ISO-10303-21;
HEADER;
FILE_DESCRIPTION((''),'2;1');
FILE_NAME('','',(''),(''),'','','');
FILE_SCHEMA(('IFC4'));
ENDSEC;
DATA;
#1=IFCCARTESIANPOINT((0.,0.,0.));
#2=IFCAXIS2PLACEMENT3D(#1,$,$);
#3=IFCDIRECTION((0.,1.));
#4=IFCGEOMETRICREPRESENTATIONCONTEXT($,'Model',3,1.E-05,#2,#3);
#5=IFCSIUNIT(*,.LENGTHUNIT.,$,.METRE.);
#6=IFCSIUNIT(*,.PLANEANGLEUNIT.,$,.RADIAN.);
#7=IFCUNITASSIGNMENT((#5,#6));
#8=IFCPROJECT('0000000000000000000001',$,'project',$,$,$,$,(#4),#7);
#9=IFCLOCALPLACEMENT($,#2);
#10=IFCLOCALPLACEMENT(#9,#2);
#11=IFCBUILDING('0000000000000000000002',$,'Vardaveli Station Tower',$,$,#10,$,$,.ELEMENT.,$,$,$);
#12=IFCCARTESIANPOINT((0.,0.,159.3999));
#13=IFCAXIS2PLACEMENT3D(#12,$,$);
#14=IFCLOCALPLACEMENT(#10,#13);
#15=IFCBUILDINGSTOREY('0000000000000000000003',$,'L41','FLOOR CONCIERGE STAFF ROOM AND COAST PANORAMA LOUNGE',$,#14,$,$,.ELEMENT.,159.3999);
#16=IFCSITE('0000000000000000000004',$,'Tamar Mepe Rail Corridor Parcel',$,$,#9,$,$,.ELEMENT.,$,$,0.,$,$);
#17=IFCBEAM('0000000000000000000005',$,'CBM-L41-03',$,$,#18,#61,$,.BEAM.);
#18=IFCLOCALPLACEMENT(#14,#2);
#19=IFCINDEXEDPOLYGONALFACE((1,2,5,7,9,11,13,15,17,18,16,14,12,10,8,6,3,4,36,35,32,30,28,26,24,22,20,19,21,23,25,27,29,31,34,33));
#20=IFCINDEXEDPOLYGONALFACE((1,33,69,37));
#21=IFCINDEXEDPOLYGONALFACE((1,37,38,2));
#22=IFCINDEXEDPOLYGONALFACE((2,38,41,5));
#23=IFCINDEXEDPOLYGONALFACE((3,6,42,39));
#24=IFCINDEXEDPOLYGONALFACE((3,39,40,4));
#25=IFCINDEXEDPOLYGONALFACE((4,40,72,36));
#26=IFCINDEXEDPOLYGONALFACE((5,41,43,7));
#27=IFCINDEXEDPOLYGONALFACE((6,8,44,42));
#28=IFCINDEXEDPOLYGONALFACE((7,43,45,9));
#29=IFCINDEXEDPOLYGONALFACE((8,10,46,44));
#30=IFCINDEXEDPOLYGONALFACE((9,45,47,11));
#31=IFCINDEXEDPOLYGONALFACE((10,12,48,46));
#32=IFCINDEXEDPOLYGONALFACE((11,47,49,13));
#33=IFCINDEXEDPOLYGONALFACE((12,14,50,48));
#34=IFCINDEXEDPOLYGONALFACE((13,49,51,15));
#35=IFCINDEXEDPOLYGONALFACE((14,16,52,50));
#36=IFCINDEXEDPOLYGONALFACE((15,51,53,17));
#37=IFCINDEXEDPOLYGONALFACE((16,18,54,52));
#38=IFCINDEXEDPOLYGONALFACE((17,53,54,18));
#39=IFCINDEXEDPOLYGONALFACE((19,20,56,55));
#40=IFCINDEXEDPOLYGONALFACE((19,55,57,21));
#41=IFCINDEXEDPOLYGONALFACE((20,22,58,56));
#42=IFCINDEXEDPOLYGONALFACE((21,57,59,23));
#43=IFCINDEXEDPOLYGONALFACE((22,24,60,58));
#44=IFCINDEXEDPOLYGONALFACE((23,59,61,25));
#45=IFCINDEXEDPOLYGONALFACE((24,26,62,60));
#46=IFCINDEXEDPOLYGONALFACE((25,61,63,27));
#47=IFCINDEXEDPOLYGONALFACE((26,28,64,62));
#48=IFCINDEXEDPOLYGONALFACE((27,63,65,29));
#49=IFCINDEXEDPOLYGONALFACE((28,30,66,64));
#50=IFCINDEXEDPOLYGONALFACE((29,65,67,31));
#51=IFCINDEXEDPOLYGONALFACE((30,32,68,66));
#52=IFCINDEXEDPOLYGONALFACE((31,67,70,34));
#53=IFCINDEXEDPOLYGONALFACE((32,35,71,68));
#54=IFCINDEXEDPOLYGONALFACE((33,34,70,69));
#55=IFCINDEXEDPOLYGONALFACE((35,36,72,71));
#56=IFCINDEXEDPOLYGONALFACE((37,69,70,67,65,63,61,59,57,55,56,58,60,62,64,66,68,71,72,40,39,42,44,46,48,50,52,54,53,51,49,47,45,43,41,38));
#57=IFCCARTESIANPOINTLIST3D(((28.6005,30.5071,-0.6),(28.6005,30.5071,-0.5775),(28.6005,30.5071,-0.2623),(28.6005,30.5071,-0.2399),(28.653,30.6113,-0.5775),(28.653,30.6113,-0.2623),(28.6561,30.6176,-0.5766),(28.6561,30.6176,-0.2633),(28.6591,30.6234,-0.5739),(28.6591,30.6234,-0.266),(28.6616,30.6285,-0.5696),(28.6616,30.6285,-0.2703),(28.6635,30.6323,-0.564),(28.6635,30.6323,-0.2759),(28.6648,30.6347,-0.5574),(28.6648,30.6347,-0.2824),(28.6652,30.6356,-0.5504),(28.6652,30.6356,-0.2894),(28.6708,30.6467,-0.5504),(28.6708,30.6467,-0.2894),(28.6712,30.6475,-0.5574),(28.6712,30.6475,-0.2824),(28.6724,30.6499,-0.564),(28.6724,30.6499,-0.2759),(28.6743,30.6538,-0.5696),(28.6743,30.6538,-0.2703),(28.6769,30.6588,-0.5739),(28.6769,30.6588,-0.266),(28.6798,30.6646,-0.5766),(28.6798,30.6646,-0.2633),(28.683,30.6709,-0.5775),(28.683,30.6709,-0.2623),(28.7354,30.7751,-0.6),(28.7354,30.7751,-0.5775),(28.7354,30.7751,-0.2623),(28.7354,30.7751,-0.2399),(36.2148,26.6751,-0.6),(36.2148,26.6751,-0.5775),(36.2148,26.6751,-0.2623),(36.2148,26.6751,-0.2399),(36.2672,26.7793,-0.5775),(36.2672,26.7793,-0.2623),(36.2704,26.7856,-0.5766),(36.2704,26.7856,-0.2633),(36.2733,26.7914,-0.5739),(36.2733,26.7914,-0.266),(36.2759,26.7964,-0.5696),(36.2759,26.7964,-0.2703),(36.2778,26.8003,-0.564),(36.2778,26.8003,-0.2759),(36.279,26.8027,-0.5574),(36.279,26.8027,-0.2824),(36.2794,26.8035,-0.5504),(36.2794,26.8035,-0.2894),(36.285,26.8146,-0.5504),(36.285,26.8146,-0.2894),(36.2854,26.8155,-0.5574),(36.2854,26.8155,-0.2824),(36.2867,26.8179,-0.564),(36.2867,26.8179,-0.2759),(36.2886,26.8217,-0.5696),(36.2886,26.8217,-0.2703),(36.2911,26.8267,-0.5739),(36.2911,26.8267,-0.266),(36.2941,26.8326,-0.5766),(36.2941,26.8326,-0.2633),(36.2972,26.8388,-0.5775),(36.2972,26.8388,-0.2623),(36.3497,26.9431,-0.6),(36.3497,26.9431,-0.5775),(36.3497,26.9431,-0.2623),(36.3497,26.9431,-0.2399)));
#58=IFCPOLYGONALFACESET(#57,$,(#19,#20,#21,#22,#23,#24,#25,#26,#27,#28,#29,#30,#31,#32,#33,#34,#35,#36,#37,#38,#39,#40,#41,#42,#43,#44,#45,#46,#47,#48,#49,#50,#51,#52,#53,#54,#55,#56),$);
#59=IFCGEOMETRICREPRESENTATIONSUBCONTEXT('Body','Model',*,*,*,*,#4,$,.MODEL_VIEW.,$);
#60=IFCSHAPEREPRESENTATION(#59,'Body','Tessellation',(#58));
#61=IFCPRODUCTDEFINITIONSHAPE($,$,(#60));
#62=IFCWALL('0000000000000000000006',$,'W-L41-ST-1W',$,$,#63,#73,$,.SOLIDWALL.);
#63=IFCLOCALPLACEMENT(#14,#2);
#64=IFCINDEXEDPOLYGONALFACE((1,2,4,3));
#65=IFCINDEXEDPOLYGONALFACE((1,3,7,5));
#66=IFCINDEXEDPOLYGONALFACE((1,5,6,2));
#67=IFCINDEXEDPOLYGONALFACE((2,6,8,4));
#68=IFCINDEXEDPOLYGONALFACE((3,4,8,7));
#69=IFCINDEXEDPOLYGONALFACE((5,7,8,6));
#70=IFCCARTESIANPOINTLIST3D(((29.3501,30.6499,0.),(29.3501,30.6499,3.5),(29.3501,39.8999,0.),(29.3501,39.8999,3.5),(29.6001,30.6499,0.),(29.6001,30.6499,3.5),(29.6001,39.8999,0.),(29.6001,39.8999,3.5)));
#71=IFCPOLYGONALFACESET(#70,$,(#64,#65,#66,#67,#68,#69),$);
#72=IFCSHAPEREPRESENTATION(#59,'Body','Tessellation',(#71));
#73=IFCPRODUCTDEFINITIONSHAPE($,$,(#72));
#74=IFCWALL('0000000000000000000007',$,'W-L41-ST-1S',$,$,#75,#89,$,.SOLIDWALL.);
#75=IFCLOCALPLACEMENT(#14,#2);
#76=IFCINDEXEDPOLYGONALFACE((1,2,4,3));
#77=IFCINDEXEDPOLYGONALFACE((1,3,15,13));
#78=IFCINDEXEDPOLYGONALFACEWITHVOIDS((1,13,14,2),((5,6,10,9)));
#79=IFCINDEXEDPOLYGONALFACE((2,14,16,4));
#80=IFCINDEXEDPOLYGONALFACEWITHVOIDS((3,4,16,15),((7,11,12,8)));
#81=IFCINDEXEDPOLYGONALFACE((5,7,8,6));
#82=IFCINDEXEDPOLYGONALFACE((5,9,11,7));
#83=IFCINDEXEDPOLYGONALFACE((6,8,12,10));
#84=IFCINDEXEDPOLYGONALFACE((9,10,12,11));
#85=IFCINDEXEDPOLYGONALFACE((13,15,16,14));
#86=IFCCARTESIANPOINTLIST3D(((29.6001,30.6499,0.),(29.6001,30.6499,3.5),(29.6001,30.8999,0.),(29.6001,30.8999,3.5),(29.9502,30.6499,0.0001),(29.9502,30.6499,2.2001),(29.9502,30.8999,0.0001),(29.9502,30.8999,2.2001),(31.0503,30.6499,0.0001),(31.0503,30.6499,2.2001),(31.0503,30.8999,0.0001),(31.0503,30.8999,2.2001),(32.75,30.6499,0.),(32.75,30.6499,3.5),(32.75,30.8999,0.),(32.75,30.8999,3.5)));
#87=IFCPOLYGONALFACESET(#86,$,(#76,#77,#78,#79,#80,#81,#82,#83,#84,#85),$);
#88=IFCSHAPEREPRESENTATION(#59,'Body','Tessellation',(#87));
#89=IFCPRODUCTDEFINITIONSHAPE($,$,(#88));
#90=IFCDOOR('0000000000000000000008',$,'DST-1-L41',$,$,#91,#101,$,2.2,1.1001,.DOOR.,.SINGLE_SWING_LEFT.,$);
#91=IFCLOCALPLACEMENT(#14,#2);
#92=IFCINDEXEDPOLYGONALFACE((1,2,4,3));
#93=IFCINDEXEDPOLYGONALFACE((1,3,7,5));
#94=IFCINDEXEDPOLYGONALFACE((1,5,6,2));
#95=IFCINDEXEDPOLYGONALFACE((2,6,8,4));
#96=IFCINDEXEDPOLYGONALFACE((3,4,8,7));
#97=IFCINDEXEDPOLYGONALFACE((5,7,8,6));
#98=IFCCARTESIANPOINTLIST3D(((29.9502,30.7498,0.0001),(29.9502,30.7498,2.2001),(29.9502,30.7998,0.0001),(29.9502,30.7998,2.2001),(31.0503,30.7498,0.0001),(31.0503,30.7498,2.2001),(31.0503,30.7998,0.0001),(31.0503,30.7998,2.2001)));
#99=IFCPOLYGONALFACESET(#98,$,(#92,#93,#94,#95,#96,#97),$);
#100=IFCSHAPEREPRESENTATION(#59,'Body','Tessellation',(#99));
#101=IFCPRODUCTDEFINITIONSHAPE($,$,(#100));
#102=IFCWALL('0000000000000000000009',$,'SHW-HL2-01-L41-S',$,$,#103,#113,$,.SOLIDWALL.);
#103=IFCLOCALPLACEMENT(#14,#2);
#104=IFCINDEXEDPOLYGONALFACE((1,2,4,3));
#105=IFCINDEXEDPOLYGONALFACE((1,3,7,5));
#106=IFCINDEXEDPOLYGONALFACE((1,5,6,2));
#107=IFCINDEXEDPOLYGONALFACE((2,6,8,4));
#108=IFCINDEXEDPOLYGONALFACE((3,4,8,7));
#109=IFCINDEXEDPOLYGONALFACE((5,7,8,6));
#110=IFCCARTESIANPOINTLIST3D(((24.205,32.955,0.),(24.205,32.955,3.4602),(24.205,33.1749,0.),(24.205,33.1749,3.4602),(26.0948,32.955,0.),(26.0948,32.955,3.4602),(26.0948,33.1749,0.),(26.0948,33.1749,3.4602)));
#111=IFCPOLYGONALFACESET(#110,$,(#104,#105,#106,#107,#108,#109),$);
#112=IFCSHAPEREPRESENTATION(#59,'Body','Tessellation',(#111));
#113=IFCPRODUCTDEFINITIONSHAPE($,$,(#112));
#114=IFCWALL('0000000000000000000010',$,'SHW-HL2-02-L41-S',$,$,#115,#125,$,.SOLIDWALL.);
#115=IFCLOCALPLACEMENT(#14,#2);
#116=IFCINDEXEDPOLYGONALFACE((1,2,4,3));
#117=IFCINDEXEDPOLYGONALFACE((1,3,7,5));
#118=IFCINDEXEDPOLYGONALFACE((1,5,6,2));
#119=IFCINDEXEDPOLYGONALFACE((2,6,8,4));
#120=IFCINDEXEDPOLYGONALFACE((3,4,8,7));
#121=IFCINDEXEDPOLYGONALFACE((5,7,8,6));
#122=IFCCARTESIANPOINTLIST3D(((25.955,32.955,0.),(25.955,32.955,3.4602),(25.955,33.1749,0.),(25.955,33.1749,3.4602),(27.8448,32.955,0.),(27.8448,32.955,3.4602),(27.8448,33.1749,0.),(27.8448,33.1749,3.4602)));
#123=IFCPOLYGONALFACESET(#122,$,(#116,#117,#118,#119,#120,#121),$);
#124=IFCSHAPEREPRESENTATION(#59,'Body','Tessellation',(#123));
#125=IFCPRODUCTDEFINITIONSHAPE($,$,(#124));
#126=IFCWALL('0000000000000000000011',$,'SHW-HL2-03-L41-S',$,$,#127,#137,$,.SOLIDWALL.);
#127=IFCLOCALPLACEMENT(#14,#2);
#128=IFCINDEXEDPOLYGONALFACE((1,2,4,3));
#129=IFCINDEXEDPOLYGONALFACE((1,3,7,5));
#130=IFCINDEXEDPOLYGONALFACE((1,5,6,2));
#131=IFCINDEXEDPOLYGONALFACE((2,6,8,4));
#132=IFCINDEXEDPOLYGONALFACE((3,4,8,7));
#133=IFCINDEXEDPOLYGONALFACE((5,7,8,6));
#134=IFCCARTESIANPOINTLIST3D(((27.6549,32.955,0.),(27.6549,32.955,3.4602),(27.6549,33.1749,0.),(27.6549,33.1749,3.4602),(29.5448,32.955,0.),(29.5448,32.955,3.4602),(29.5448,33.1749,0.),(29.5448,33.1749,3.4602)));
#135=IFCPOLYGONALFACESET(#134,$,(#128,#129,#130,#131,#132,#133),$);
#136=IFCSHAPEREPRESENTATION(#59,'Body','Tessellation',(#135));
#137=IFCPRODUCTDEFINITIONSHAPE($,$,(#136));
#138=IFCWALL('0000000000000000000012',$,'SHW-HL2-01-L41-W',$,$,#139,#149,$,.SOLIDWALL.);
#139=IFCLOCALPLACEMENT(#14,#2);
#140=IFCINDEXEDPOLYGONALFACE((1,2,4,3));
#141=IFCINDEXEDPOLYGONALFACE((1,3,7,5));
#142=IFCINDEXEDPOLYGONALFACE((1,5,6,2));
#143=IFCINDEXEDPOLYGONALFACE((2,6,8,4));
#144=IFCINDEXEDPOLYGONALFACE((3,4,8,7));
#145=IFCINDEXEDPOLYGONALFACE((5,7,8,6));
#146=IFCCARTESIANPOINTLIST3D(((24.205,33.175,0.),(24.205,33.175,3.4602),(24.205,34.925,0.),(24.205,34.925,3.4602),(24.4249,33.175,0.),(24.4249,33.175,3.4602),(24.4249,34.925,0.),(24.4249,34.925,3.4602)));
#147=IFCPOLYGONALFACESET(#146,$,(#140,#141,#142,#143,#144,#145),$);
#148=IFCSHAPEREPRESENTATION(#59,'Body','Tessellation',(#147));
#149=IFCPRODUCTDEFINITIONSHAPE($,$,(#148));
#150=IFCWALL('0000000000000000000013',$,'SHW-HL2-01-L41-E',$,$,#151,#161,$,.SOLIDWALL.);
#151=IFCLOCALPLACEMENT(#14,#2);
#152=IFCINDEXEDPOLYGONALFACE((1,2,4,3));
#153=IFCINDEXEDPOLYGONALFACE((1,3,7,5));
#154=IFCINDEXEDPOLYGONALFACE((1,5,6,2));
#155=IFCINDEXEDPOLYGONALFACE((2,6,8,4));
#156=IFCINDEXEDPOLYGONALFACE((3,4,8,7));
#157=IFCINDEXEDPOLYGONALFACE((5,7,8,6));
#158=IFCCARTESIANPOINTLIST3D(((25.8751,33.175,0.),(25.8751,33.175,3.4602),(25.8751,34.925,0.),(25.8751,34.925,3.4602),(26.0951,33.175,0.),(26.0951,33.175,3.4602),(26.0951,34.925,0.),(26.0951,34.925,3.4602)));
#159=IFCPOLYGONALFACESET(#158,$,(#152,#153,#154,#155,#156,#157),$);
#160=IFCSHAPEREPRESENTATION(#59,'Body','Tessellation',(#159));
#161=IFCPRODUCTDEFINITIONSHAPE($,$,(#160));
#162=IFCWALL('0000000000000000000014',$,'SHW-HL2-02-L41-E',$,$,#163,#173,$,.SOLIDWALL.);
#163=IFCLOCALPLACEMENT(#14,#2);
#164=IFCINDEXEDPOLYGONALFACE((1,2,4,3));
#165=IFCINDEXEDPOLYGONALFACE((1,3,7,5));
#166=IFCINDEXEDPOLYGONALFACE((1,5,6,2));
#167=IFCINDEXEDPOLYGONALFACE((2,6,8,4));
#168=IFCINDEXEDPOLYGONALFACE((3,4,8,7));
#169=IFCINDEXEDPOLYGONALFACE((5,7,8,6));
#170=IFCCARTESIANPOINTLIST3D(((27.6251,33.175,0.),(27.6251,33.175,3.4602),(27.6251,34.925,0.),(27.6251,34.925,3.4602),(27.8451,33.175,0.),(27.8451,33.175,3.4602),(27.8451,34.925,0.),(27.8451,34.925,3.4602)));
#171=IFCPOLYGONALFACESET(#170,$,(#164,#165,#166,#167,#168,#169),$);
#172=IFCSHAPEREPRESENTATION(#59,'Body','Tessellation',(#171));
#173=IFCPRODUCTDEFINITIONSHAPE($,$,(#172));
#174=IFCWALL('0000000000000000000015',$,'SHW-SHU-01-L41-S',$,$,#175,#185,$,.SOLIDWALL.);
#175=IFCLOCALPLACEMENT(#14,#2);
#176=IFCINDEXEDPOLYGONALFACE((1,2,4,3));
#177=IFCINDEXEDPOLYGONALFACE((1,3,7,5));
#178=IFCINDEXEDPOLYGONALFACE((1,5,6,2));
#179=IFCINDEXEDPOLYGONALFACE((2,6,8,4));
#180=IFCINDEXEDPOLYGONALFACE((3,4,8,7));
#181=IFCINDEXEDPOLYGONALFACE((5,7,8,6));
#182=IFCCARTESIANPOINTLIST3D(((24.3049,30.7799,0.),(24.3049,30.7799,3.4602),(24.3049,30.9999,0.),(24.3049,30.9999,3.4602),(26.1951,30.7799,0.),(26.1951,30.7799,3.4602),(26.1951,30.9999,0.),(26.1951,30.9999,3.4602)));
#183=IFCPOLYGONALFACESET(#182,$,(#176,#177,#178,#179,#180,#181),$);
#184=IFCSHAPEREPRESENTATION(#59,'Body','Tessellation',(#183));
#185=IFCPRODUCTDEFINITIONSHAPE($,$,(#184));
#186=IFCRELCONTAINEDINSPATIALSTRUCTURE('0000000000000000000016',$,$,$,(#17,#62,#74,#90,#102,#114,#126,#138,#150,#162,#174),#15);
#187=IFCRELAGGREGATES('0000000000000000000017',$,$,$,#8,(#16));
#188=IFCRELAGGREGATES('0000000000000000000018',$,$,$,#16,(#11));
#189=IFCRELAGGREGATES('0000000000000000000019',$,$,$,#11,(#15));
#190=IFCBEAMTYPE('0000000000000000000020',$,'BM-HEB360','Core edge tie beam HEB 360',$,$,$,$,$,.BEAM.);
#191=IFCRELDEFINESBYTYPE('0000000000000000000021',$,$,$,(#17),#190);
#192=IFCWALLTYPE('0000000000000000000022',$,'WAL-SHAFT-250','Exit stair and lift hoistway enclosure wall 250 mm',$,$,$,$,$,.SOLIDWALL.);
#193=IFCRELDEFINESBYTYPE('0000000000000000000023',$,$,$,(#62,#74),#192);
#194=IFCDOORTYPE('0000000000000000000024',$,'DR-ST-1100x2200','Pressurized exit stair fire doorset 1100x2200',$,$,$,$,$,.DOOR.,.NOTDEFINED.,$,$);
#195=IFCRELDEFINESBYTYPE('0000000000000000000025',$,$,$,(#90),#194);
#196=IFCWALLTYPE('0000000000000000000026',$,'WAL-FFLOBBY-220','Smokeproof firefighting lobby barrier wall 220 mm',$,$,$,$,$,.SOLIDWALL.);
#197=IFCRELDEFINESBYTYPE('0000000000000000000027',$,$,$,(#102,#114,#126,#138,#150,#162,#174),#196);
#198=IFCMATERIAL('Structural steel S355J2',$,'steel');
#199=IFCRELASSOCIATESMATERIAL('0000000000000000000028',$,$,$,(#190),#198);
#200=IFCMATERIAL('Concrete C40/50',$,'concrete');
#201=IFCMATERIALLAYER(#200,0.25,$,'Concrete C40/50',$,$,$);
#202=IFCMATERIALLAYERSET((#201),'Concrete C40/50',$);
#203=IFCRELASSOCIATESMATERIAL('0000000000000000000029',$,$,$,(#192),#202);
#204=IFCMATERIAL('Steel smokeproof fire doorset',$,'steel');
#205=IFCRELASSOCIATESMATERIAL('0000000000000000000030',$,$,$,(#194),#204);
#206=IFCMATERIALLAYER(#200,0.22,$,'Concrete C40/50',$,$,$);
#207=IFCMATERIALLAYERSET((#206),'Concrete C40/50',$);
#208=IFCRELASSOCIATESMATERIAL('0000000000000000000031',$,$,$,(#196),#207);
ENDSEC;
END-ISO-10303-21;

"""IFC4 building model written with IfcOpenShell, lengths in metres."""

from ifc_helpers import new_model, si_unit, direction, frame, frame_2d, origin, origin_2d, place, context, subcontext, project, spatial, rectangle, i_section, extrude, source, transform, mapped, material, layer, layer_set, material_profile, profile_set, type_object, element, fill, save


model = new_model("IFC4")

# Units and contexts
model_context = context("Model", 3, precision=1e-05, world=origin(), true_north=direction((0.0, 1.0)))
body_context = subcontext(model_context, "Body", "Model", "MODEL_VIEW")
ifc_project = project(units=[si_unit("LENGTHUNIT", "METRE"), si_unit("PLANEANGLEUNIT", "RADIAN")], contexts=[model_context])

# Site, building, storey
site_placement = place(None, origin())
site = spatial("IfcSite", under=ifc_project, at=site_placement, Name="Tamar Mepe Rail Corridor Parcel", CompositionType="ELEMENT", RefElevation=0.0)
building_placement = place(site_placement, origin())
building = spatial("IfcBuilding", under=site, at=building_placement, Name="Vardaveli Station Tower", CompositionType="ELEMENT")
storey_placement = place(building_placement, frame((0.0, 0.0, 159.3999)))
storey = spatial("IfcBuildingStorey", under=building, at=storey_placement, Name="L41", Description="FLOOR CONCIERGE STAFF ROOM AND COAST PANORAMA LOUNGE", CompositionType="ELEMENT", Elevation=159.3999)

# Beam
ifc_material_1 = material(Name="Structural steel S355J2", Category="steel")
ifc_material_profile_1 = material_profile(ifc_material_1, i_section(OverallWidth=0.3, OverallDepth=0.3601, WebThickness=0.0125, FlangeThickness=0.0225, FilletRadius=0.0271, at=origin_2d()), Name="HEB 360")
ifc_profile_set_1 = profile_set([ifc_material_profile_1], Name="Structural steel S355J2")
beam_type_1 = type_object("IfcBeamType", Name="BM-HEB360", Description="Core edge tie beam HEB 360", PredefinedType="BEAM", material=ifc_profile_set_1)
shared_shape_1 = source(origin(), body_context, "Body", "SweptSolid", [
    extrude(i_section(OverallWidth=0.3, OverallDepth=0.3601, WebThickness=0.0125, FlangeThickness=0.0225, FilletRadius=0.0271, at=origin_2d()), origin(), (0.0, 0.0, 1.0), 8.5242),
])
beam_1_placement = place(storey_placement, frame((28.668, 30.6411, -0.4199), z_axis=(0.893256, -0.449549, 0.0), x_axis=(0.449549, 0.893256, 0.0)))
element("IfcBeam", 1, at=beam_1_placement, inside=storey, type_object=beam_type_1, Name="CBM-L41-03", PredefinedType="BEAM", context=body_context, shape_type="MappedRepresentation", body=[
    mapped(shared_shape_1, transform((0.0, 0.0, 0.0), scale=1.0)),
])

# Wall
ifc_material_2 = material(Name="Concrete C40/50", Category="concrete")
ifc_layer_1 = layer(ifc_material_2, 0.25, Name="Concrete C40/50")
ifc_layer_set_1 = layer_set([ifc_layer_1], Name="Concrete C40/50")
wall_type_1 = type_object("IfcWallType", Name="WAL-SHAFT-250", Description="Exit stair and lift hoistway enclosure wall 250 mm", PredefinedType="SOLIDWALL", material=ifc_layer_set_1)
shared_shape_2 = source(origin(), body_context, "Body", "SweptSolid", [
    extrude(rectangle(XDim=9.25, YDim=0.25, at=frame_2d((4.625, 0.0))), origin(), (0.0, 0.0, 1.0), 3.5),
])
wall_1_placement = place(storey_placement, frame((29.4751, 30.6499, 0.0), z_axis=(0.0, 0.0, 1.0), x_axis=(0.0, 1.0, 0.0)))
element("IfcWall", 2, at=wall_1_placement, inside=storey, type_object=wall_type_1, Name="W-L41-ST-1W", PredefinedType="SOLIDWALL", context=body_context, shape_type="MappedRepresentation", body=[
    mapped(shared_shape_2, transform((0.0, 0.0, 0.0), scale=1.0)),
])

# Wall, opening, door
shared_shape_3 = source(origin(), body_context, "Body", "SweptSolid", [
    extrude(rectangle(XDim=3.1499, YDim=0.25, at=frame_2d((1.575, 0.0))), origin(), (0.0, 0.0, 1.0), 3.5),
])
wall_2_placement = place(storey_placement, frame((29.6001, 30.7749, 0.0), z_axis=(0.0, 0.0, 1.0), x_axis=(1.0, 0.0, 0.0)))
wall_2 = element("IfcWall", 3, at=wall_2_placement, inside=storey, type_object=wall_type_1, Name="W-L41-ST-1S", PredefinedType="SOLIDWALL", context=body_context, shape_type="MappedRepresentation", body=[
    mapped(shared_shape_3, transform((0.0, 0.0, 0.0), scale=1.0)),
])
shared_shape_4 = source(origin(), body_context, "Body", "SweptSolid", [
    extrude(rectangle(XDim=1.1001, YDim=2.2, at=frame_2d((0.55, 1.1001))), frame((0.0, 0.135, 0.0), z_axis=(0.0, -1.0, 0.0), x_axis=(1.0, 0.0, 0.0)), (0.0, 0.0, 1.0), 0.27),
])
opening_placement = place(wall_2_placement, frame((0.3501, 0.0, 0.0)))
opening = element("IfcOpeningElement", 4, at=opening_placement, cuts=wall_2, PredefinedType="OPENING", context=body_context, shape_type="MappedRepresentation", body=[
    mapped(shared_shape_4, transform((0.0, 0.0, 0.0), scale=1.0)),
])
ifc_material_3 = material(Name="Steel smokeproof fire doorset", Category="steel")
door_type = type_object("IfcDoorType", Name="DR-ST-1100x2200", Description="Pressurized exit stair fire doorset 1100x2200", OperationType="NOTDEFINED", PredefinedType="DOOR", material=ifc_material_3)
shared_shape_5 = source(origin(), body_context, "Body", "SweptSolid", [
    extrude(rectangle(XDim=1.1001, YDim=2.2, at=frame_2d((0.55, 1.1001))), frame((0.0, 0.0249, 0.0), z_axis=(0.0, -1.0, 0.0), x_axis=(1.0, 0.0, 0.0)), (0.0, 0.0, 1.0), 0.05),
])
door_placement = place(opening_placement, origin())
door = element("IfcDoor", 5, at=door_placement, inside=storey, type_object=door_type, Name="DST-1-L41", OperationType="SINGLE_SWING_LEFT", OverallHeight=2.2, OverallWidth=1.1001, PredefinedType="DOOR", context=body_context, shape_type="MappedRepresentation", body=[
    mapped(shared_shape_5, transform((0.0, 0.0, 0.0), scale=1.0)),
])
fill(opening, door)

# Walls
ifc_layer_2 = layer(ifc_material_2, 0.22, Name="Concrete C40/50")
ifc_layer_set_2 = layer_set([ifc_layer_2], Name="Concrete C40/50")
wall_type_2 = type_object("IfcWallType", Name="WAL-FFLOBBY-220", Description="Smokeproof firefighting lobby barrier wall 220 mm", PredefinedType="SOLIDWALL", material=ifc_layer_set_2)
shared_shape_6 = source(origin(), body_context, "Body", "SweptSolid", [
    extrude(rectangle(XDim=1.8899, YDim=0.22, at=frame_2d((0.9448, 0.0))), origin(), (0.0, 0.0, 1.0), 3.4602),
])
for number, where, z_axis, x_axis, name in (
    (6, (24.2051, 33.0649, 0.0), (0.0, 0.0, 1.0), (1.0, 0.0, 0.0), "SHW-HL2-01-L41-S"),
    (7, (25.9551, 33.0649, 0.0), (0.0, 0.0, 1.0), (1.0, 0.0, 0.0), "SHW-HL2-02-L41-S"),
    (8, (27.655, 33.0649, 0.0), (0.0, 0.0, 1.0), (1.0, 0.0, 0.0), "SHW-HL2-03-L41-S"),
):
    element("IfcWall", number, at=place(storey_placement, frame(where, z_axis=z_axis, x_axis=x_axis)), inside=storey, type_object=wall_type_2, Name=name, PredefinedType="SOLIDWALL", context=body_context, shape_type="MappedRepresentation", body=[
        mapped(shared_shape_6, transform((0.0, 0.0, 0.0), scale=1.0)),
    ])
shared_shape_7 = source(origin(), body_context, "Body", "SweptSolid", [
    extrude(rectangle(XDim=1.75, YDim=0.22, at=frame_2d((0.875, 0.0))), origin(), (0.0, 0.0, 1.0), 3.4602),
])
for number, where, z_axis, x_axis, name in (
    (9, (24.3149, 33.175, 0.0), (0.0, 0.0, 1.0), (0.0, 1.0, 0.0), "SHW-HL2-01-L41-W"),
    (10, (25.9851, 33.175, 0.0), (0.0, 0.0, 1.0), (0.0, 1.0, 0.0), "SHW-HL2-01-L41-E"),
    (11, (27.7351, 33.175, 0.0), (0.0, 0.0, 1.0), (0.0, 1.0, 0.0), "SHW-HL2-02-L41-E"),
):
    element("IfcWall", number, at=place(storey_placement, frame(where, z_axis=z_axis, x_axis=x_axis)), inside=storey, type_object=wall_type_2, Name=name, PredefinedType="SOLIDWALL", context=body_context, shape_type="MappedRepresentation", body=[
        mapped(shared_shape_7, transform((0.0, 0.0, 0.0), scale=1.0)),
    ])
shared_shape_8 = source(origin(), body_context, "Body", "SweptSolid", [
    extrude(rectangle(XDim=1.8901, YDim=0.22, at=frame_2d((0.9451, 0.0))), origin(), (0.0, 0.0, 1.0), 3.4602),
])
for number, where, z_axis, x_axis, name in (
    (12, (24.3049, 30.8899, 0.0), (0.0, 0.0, 1.0), (1.0, 0.0, 0.0), "SHW-SHU-01-L41-S"),
):
    element("IfcWall", number, at=place(storey_placement, frame(where, z_axis=z_axis, x_axis=x_axis)), inside=storey, type_object=wall_type_2, Name=name, PredefinedType="SOLIDWALL", context=body_context, shape_type="MappedRepresentation", body=[
        mapped(shared_shape_8, transform((0.0, 0.0, 0.0), scale=1.0)),
    ])

save(model, "model.ifc")
